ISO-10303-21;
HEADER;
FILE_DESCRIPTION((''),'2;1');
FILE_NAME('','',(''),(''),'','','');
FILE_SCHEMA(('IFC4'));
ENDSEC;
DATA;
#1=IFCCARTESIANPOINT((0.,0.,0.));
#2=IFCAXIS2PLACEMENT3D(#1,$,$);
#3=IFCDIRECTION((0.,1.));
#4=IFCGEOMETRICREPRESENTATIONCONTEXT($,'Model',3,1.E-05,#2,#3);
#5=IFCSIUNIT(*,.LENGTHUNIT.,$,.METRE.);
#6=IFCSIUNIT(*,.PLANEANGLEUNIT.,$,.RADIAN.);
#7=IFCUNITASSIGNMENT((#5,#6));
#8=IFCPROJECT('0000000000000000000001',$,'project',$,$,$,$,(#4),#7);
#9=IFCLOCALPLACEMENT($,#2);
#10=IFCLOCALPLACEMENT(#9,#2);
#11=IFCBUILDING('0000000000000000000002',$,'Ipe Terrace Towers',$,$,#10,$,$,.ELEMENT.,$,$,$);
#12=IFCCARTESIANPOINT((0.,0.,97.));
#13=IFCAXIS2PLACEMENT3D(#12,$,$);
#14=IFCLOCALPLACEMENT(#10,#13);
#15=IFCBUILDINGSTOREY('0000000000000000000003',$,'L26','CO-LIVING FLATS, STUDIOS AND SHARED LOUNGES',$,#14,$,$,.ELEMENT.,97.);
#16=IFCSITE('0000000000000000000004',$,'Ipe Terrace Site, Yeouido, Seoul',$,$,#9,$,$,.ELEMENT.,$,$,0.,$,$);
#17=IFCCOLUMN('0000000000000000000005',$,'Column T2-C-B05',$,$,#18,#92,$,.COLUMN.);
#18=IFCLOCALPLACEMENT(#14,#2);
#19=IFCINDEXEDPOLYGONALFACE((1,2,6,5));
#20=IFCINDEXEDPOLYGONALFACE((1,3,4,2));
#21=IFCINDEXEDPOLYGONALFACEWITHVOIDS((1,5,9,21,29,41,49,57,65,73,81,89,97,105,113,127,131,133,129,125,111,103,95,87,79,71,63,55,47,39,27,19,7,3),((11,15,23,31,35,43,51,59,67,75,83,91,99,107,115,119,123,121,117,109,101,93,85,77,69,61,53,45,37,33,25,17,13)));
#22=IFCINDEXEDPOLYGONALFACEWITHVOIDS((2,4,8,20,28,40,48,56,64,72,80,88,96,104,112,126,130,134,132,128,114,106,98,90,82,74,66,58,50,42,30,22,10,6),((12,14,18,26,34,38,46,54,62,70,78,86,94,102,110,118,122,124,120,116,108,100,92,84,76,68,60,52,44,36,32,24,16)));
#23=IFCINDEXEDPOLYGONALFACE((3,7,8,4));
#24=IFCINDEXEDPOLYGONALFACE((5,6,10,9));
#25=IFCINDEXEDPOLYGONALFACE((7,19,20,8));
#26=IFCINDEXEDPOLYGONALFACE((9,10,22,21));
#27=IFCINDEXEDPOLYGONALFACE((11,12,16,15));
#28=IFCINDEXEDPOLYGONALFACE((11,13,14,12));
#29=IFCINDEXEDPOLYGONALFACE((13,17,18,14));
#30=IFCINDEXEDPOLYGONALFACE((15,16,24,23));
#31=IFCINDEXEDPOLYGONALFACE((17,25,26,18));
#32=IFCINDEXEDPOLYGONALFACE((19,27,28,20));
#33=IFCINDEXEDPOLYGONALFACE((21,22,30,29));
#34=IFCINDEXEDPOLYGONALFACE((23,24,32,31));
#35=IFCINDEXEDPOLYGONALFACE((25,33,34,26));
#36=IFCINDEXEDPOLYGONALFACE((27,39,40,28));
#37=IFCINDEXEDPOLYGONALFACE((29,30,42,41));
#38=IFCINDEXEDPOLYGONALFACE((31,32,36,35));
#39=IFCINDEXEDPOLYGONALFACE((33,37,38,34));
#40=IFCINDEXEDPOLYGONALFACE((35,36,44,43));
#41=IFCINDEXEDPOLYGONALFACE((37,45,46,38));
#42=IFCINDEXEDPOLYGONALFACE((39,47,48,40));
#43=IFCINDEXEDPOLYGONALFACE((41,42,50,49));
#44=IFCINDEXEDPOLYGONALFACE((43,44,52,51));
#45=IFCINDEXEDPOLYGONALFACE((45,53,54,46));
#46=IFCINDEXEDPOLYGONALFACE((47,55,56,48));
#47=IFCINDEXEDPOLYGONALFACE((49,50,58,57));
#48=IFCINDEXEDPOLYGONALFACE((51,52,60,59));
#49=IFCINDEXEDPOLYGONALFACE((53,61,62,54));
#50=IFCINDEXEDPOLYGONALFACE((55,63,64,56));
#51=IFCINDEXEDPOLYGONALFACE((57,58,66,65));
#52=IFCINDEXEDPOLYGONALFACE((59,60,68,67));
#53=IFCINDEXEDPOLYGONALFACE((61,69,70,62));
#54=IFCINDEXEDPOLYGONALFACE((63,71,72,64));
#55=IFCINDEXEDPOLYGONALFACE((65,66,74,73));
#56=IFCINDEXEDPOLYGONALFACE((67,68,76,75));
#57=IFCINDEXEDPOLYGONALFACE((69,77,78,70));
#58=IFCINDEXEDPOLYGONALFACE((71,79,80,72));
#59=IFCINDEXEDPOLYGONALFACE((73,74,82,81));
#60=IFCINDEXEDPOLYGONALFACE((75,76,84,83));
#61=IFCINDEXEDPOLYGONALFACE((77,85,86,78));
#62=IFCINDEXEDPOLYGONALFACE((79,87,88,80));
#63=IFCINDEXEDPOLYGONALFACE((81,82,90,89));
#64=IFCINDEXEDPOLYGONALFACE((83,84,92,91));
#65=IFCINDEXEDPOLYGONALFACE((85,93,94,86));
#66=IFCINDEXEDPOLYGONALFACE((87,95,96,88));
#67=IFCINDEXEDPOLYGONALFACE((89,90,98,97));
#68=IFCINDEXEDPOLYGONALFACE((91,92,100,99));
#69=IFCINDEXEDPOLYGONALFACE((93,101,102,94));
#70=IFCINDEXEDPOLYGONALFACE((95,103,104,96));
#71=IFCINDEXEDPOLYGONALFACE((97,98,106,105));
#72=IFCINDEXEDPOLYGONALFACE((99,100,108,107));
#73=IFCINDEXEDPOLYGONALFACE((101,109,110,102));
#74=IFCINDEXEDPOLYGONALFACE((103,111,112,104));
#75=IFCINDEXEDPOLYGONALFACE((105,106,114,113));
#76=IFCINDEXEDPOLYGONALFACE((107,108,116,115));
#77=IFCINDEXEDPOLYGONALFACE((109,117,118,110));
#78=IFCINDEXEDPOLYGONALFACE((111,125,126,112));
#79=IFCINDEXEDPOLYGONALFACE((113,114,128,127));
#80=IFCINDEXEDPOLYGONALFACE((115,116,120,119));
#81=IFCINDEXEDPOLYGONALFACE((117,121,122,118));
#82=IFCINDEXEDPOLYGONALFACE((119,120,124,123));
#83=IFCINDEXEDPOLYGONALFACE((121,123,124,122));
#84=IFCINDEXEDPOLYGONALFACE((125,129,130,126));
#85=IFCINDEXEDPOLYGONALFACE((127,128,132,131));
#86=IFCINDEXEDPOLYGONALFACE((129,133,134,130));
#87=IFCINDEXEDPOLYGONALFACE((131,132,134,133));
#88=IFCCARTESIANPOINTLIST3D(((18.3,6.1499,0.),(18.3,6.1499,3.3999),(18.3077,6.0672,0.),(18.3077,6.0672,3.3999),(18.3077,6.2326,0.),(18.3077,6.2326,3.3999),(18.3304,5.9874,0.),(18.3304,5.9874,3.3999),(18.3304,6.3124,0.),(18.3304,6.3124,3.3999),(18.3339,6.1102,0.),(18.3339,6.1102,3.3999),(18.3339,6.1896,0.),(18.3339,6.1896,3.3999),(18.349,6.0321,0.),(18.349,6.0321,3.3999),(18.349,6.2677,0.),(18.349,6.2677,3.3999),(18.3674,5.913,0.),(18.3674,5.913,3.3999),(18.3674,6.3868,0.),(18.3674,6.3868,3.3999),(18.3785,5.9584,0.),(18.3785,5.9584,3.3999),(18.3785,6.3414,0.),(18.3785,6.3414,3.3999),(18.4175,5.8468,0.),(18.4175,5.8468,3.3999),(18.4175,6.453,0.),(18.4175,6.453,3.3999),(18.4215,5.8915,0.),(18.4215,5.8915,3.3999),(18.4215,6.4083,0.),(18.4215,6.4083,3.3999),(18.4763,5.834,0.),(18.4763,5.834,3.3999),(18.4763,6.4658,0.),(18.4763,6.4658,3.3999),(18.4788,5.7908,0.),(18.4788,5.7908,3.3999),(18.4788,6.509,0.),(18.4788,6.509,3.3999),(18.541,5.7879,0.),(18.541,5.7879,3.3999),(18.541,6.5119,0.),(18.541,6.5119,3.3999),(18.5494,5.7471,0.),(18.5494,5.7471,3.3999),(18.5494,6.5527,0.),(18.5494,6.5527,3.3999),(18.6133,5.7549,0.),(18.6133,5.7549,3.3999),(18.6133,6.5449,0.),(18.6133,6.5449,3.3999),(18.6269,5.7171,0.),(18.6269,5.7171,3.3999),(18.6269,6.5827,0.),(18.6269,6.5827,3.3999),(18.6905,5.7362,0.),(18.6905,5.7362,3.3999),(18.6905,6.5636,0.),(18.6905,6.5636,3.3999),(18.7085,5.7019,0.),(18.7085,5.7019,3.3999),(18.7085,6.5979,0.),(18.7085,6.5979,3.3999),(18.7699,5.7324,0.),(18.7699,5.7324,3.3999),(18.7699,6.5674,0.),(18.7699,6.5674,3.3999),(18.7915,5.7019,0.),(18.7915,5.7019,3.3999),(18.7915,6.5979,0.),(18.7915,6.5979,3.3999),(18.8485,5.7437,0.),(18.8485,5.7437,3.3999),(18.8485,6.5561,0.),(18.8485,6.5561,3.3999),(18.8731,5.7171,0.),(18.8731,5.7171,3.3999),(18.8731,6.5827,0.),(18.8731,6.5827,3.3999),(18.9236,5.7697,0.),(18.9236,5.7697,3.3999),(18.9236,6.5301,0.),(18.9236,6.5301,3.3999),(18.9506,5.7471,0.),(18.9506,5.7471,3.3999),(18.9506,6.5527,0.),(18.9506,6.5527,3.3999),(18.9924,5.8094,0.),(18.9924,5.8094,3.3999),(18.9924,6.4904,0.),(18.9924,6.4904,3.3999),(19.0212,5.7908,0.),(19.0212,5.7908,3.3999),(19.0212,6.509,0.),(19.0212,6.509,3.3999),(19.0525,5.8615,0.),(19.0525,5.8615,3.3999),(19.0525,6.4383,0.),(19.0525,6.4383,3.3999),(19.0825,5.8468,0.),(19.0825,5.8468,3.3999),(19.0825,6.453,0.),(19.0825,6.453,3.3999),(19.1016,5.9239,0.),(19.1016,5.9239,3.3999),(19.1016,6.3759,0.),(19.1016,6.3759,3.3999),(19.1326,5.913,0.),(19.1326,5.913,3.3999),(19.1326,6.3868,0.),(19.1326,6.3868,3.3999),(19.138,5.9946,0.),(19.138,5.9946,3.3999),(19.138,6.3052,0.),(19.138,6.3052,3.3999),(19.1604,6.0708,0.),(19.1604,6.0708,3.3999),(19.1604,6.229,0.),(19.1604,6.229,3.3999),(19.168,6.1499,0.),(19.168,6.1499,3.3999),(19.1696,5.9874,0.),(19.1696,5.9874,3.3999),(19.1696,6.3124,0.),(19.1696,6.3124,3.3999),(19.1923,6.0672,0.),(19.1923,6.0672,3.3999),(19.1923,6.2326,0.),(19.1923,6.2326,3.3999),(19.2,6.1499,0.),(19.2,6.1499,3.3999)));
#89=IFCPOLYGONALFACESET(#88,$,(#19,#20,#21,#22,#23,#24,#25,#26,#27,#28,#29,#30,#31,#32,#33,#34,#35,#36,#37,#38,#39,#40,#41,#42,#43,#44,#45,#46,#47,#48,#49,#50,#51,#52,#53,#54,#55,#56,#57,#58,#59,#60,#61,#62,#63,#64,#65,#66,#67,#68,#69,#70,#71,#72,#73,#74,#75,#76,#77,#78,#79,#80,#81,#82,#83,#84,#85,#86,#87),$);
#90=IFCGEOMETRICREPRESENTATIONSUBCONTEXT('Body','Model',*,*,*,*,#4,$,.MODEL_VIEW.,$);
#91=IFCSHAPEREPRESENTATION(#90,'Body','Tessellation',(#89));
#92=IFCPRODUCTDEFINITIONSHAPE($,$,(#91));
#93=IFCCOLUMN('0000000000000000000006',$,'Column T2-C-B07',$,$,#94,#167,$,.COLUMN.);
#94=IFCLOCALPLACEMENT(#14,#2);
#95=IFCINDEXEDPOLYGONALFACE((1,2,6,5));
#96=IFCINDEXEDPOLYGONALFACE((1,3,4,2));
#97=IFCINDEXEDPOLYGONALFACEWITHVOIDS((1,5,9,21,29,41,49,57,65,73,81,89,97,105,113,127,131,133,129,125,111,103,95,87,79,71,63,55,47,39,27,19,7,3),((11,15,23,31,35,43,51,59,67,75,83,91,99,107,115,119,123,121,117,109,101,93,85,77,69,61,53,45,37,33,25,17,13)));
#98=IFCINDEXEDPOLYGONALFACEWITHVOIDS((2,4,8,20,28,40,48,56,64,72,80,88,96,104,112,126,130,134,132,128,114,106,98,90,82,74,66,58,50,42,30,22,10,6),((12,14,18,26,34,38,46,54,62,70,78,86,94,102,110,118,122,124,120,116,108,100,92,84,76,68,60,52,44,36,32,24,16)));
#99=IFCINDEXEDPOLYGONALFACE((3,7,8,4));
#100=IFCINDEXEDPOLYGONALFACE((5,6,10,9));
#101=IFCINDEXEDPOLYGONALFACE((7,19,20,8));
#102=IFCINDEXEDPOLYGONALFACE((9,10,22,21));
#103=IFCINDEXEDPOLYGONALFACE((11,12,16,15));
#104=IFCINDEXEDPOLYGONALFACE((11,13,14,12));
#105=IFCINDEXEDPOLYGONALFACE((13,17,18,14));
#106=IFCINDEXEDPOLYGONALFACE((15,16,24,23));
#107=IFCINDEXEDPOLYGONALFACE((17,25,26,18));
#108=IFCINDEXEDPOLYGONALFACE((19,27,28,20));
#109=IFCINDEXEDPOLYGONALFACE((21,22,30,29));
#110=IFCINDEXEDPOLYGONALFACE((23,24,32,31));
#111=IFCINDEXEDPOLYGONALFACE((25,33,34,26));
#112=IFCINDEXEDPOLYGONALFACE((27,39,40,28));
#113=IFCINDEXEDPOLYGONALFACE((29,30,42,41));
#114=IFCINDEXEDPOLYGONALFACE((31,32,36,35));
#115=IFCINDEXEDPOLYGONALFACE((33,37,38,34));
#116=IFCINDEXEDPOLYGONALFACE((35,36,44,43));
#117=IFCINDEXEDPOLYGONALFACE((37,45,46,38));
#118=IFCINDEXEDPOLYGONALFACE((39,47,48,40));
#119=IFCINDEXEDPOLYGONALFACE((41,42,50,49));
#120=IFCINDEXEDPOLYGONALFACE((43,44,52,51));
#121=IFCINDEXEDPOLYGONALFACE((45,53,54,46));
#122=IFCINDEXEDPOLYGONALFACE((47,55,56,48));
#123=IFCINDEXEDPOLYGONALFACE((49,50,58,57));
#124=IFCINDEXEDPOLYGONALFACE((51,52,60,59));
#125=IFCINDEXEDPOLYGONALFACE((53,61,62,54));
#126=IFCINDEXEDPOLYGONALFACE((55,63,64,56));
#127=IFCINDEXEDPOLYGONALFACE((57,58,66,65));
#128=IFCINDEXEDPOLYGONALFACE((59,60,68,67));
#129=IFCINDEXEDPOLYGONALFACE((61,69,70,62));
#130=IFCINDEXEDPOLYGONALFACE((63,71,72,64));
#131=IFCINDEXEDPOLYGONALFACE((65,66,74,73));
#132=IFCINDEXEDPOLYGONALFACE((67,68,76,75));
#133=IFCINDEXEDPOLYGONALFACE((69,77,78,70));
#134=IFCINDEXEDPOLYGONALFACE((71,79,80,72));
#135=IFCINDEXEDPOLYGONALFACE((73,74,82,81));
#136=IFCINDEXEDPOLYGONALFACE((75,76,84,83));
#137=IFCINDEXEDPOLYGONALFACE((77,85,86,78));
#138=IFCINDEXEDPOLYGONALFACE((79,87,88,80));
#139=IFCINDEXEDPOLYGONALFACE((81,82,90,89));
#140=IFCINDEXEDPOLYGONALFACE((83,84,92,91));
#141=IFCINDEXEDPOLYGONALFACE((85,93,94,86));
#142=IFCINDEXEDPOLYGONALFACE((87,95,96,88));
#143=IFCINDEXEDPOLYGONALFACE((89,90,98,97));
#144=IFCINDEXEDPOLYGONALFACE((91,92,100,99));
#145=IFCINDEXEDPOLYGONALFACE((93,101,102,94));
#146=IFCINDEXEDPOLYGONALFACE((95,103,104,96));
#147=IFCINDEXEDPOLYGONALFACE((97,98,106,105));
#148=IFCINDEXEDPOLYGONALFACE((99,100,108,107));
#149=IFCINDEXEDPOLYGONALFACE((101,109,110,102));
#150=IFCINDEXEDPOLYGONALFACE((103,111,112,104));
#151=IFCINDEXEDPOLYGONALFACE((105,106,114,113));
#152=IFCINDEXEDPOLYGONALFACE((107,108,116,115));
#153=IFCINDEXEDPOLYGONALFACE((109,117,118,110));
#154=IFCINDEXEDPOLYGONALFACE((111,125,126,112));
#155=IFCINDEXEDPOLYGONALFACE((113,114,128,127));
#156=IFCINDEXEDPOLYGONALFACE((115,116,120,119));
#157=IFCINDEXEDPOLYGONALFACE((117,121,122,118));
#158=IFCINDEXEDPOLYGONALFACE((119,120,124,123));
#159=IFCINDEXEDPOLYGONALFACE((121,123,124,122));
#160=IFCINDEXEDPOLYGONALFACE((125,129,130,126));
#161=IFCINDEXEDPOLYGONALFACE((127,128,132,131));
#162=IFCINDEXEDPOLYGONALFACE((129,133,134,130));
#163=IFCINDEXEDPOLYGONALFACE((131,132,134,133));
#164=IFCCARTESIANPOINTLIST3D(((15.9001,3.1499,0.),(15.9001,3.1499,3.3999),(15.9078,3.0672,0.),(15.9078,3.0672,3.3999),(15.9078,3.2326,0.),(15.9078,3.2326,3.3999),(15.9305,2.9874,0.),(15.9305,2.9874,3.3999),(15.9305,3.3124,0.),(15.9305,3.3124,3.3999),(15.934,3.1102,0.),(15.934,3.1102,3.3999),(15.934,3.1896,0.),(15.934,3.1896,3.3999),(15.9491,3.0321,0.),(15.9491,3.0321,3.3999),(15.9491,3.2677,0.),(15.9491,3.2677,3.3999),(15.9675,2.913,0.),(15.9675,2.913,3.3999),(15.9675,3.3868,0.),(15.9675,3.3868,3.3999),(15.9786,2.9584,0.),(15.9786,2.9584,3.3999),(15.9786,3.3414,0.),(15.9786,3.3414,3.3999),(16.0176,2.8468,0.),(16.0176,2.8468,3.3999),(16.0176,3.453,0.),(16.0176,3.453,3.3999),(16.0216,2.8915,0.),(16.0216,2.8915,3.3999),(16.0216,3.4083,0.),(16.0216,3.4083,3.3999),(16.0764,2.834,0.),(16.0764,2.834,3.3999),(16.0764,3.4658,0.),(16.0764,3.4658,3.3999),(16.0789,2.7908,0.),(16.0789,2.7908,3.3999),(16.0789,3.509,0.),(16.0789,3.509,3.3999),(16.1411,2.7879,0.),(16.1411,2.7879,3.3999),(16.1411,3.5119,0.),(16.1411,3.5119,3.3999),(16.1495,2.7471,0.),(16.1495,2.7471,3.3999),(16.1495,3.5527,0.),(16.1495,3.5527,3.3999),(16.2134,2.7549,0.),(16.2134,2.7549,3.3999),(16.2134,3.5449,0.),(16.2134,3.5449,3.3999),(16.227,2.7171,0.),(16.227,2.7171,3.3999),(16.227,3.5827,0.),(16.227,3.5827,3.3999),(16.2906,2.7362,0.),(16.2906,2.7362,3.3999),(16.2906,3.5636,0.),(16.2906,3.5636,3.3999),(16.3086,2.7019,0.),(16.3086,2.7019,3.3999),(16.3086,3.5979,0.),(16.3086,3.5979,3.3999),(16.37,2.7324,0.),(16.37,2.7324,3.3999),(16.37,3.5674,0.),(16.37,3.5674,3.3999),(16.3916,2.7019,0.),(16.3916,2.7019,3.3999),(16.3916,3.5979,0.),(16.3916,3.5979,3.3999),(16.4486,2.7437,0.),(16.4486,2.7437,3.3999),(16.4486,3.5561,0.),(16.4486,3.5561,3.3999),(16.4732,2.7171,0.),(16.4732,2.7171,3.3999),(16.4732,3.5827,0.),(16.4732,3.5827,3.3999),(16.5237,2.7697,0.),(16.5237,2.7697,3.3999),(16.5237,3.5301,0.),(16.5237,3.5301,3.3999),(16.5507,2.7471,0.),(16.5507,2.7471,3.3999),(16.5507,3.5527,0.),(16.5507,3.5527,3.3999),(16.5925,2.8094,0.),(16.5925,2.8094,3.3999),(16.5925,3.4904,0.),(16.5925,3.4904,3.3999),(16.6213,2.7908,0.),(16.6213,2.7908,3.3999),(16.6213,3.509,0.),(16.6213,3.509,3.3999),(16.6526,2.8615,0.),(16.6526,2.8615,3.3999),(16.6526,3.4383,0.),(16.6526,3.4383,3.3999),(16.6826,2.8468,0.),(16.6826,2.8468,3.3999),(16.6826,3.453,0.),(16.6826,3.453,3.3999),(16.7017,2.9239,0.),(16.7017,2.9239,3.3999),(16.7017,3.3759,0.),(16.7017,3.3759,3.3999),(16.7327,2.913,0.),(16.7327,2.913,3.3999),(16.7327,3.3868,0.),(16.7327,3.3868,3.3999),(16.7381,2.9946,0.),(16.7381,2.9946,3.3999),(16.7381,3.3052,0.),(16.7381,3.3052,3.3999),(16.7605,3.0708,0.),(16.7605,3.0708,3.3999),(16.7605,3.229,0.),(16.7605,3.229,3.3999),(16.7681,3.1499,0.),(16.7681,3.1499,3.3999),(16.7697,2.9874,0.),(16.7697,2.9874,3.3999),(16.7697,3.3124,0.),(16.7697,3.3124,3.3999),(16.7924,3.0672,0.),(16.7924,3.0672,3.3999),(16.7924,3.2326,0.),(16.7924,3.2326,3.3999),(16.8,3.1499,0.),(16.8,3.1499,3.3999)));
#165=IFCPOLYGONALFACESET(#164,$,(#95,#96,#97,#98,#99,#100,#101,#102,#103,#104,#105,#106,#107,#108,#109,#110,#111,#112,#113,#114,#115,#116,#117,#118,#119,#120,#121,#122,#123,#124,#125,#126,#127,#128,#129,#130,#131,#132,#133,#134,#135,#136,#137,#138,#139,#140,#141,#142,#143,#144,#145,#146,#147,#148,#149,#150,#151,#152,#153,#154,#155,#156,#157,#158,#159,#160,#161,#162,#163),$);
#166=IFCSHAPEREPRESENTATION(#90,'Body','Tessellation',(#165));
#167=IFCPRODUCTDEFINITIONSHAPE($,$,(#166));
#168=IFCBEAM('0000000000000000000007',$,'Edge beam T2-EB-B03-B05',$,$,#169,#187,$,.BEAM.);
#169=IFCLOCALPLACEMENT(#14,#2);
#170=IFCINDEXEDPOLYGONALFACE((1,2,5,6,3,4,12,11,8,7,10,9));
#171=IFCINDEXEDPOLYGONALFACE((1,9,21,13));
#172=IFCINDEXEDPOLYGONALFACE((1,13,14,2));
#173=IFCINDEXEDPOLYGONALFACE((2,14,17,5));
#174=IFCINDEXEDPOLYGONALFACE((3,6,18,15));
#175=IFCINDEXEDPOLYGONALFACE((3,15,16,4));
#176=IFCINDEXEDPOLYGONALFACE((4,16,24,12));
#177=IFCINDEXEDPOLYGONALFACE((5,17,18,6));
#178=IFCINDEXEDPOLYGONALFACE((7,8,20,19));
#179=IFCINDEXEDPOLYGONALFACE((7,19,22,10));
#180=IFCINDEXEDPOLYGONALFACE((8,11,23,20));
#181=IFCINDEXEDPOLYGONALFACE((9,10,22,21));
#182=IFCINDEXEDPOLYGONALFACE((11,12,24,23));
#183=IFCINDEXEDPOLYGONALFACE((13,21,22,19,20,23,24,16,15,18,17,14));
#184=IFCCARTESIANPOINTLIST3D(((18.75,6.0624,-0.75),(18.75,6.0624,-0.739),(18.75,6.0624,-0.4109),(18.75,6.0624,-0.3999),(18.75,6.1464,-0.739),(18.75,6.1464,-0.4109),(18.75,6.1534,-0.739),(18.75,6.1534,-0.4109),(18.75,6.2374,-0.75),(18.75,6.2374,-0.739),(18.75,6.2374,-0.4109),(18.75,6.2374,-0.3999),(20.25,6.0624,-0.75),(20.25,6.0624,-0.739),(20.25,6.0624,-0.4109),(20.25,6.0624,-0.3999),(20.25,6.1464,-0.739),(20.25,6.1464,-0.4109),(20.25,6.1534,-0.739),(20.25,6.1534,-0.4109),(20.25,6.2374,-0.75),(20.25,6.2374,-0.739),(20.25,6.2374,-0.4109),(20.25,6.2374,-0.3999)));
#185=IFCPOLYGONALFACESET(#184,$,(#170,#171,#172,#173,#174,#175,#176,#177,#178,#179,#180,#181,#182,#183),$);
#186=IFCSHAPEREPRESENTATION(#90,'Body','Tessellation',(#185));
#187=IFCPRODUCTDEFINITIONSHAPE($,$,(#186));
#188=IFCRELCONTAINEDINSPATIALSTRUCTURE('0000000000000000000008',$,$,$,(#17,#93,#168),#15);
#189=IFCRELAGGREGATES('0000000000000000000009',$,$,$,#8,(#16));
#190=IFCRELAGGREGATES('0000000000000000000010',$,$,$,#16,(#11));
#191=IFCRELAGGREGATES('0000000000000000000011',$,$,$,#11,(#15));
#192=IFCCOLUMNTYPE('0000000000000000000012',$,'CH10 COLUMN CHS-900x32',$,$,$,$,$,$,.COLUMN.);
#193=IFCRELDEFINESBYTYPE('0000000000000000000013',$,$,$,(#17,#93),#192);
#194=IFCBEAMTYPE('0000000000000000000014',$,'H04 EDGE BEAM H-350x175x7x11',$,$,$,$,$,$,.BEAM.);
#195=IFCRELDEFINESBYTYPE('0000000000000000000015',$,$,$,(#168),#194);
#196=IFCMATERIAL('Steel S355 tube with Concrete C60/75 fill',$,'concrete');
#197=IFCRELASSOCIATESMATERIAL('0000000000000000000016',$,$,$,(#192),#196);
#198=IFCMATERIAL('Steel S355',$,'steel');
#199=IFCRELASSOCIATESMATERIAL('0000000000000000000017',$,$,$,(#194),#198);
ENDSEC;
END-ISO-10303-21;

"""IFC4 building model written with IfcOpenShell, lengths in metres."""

from ifc_helpers import new_model, si_unit, direction, frame, origin, origin_2d, place, context, subcontext, project, spatial, hollow_circle, i_section, extrude, material, material_profile, profile_set, type_object, element, save


model = new_model("IFC4")

# Units and contexts
model_context = context("Model", 3, precision=1e-05, world=origin(), true_north=direction((0.0, 1.0)))
body_context = subcontext(model_context, "Body", "Model", "MODEL_VIEW")
ifc_project = project(units=[si_unit("LENGTHUNIT", "METRE"), si_unit("PLANEANGLEUNIT", "RADIAN")], contexts=[model_context])

# Site, building, storey
site_placement = place(None, origin())
site = spatial("IfcSite", under=ifc_project, at=site_placement, Name="Ipe Terrace Site, Yeouido, Seoul", CompositionType="ELEMENT", RefElevation=0.0)
building_placement = place(site_placement, origin())
building = spatial("IfcBuilding", under=site, at=building_placement, Name="Ipe Terrace Towers", CompositionType="ELEMENT")
storey_placement = place(building_placement, frame((0.0, 0.0, 97.0)))
storey = spatial("IfcBuildingStorey", under=building, at=storey_placement, Name="L26", Description="CO-LIVING FLATS, STUDIOS AND SHARED LOUNGES", CompositionType="ELEMENT", Elevation=97.0)

# Columns
ifc_material_1 = material(Name="Steel S355 tube with Concrete C60/75 fill", Category="concrete")
ifc_material_profile_1 = material_profile(ifc_material_1, hollow_circle(Radius=0.45, WallThickness=0.032, at=origin_2d()), Name="CHS-900x32")
ifc_profile_set_1 = profile_set([ifc_material_profile_1], Name="Steel S355 tube with Concrete C60/75 fill")
column_type_1 = type_object("IfcColumnType", Name="CH10 COLUMN CHS-900x32", PredefinedType="COLUMN", material=ifc_profile_set_1)
for number, where, z_axis, x_axis, name in (
    (1, (18.75, 6.1499, 0.0), (0.0, 0.0, 1.0), (1.0, 0.0, 0.0), "Column T2-C-B05"),
    (2, (16.3501, 3.1499, 0.0), (0.0, 0.0, 1.0), (1.0, 0.0, 0.0), "Column T2-C-B07"),
):
    element("IfcColumn", number, at=place(storey_placement, frame(where, z_axis=z_axis, x_axis=x_axis)), inside=storey, type_object=column_type_1, Name=name, PredefinedType="COLUMN", context=body_context, shape_type="SweptSolid", body=[
        extrude(hollow_circle(Radius=0.45, WallThickness=0.032, at=origin_2d()), origin(), (0.0, 0.0, 1.0), 3.3999),
    ])

# Beam
ifc_material_2 = material(Name="Steel S355", Category="steel")
ifc_material_profile_2 = material_profile(ifc_material_2, i_section(OverallWidth=0.175, OverallDepth=0.3501, WebThickness=0.0071, FlangeThickness=0.011, at=origin_2d()), Name="H-350x175x7x11")
ifc_profile_set_2 = profile_set([ifc_material_profile_2], Name="Steel S355")
beam_type_1 = type_object("IfcBeamType", Name="H04 EDGE BEAM H-350x175x7x11", PredefinedType="BEAM", material=ifc_profile_set_2)
beam_1_placement = place(storey_placement, frame((20.25, 6.1499, -0.575), z_axis=(-1.0, 0.0, 0.0), x_axis=(0.0, -1.0, 0.0)))
element("IfcBeam", 3, at=beam_1_placement, inside=storey, type_object=beam_type_1, Name="Edge beam T2-EB-B03-B05", PredefinedType="BEAM", context=body_context, shape_type="SweptSolid", body=[
    extrude(i_section(OverallWidth=0.175, OverallDepth=0.3501, WebThickness=0.0071, FlangeThickness=0.011, at=origin_2d()), origin(), (0.0, 0.0, 1.0), 1.5),
])

save(model, "model.ifc")
